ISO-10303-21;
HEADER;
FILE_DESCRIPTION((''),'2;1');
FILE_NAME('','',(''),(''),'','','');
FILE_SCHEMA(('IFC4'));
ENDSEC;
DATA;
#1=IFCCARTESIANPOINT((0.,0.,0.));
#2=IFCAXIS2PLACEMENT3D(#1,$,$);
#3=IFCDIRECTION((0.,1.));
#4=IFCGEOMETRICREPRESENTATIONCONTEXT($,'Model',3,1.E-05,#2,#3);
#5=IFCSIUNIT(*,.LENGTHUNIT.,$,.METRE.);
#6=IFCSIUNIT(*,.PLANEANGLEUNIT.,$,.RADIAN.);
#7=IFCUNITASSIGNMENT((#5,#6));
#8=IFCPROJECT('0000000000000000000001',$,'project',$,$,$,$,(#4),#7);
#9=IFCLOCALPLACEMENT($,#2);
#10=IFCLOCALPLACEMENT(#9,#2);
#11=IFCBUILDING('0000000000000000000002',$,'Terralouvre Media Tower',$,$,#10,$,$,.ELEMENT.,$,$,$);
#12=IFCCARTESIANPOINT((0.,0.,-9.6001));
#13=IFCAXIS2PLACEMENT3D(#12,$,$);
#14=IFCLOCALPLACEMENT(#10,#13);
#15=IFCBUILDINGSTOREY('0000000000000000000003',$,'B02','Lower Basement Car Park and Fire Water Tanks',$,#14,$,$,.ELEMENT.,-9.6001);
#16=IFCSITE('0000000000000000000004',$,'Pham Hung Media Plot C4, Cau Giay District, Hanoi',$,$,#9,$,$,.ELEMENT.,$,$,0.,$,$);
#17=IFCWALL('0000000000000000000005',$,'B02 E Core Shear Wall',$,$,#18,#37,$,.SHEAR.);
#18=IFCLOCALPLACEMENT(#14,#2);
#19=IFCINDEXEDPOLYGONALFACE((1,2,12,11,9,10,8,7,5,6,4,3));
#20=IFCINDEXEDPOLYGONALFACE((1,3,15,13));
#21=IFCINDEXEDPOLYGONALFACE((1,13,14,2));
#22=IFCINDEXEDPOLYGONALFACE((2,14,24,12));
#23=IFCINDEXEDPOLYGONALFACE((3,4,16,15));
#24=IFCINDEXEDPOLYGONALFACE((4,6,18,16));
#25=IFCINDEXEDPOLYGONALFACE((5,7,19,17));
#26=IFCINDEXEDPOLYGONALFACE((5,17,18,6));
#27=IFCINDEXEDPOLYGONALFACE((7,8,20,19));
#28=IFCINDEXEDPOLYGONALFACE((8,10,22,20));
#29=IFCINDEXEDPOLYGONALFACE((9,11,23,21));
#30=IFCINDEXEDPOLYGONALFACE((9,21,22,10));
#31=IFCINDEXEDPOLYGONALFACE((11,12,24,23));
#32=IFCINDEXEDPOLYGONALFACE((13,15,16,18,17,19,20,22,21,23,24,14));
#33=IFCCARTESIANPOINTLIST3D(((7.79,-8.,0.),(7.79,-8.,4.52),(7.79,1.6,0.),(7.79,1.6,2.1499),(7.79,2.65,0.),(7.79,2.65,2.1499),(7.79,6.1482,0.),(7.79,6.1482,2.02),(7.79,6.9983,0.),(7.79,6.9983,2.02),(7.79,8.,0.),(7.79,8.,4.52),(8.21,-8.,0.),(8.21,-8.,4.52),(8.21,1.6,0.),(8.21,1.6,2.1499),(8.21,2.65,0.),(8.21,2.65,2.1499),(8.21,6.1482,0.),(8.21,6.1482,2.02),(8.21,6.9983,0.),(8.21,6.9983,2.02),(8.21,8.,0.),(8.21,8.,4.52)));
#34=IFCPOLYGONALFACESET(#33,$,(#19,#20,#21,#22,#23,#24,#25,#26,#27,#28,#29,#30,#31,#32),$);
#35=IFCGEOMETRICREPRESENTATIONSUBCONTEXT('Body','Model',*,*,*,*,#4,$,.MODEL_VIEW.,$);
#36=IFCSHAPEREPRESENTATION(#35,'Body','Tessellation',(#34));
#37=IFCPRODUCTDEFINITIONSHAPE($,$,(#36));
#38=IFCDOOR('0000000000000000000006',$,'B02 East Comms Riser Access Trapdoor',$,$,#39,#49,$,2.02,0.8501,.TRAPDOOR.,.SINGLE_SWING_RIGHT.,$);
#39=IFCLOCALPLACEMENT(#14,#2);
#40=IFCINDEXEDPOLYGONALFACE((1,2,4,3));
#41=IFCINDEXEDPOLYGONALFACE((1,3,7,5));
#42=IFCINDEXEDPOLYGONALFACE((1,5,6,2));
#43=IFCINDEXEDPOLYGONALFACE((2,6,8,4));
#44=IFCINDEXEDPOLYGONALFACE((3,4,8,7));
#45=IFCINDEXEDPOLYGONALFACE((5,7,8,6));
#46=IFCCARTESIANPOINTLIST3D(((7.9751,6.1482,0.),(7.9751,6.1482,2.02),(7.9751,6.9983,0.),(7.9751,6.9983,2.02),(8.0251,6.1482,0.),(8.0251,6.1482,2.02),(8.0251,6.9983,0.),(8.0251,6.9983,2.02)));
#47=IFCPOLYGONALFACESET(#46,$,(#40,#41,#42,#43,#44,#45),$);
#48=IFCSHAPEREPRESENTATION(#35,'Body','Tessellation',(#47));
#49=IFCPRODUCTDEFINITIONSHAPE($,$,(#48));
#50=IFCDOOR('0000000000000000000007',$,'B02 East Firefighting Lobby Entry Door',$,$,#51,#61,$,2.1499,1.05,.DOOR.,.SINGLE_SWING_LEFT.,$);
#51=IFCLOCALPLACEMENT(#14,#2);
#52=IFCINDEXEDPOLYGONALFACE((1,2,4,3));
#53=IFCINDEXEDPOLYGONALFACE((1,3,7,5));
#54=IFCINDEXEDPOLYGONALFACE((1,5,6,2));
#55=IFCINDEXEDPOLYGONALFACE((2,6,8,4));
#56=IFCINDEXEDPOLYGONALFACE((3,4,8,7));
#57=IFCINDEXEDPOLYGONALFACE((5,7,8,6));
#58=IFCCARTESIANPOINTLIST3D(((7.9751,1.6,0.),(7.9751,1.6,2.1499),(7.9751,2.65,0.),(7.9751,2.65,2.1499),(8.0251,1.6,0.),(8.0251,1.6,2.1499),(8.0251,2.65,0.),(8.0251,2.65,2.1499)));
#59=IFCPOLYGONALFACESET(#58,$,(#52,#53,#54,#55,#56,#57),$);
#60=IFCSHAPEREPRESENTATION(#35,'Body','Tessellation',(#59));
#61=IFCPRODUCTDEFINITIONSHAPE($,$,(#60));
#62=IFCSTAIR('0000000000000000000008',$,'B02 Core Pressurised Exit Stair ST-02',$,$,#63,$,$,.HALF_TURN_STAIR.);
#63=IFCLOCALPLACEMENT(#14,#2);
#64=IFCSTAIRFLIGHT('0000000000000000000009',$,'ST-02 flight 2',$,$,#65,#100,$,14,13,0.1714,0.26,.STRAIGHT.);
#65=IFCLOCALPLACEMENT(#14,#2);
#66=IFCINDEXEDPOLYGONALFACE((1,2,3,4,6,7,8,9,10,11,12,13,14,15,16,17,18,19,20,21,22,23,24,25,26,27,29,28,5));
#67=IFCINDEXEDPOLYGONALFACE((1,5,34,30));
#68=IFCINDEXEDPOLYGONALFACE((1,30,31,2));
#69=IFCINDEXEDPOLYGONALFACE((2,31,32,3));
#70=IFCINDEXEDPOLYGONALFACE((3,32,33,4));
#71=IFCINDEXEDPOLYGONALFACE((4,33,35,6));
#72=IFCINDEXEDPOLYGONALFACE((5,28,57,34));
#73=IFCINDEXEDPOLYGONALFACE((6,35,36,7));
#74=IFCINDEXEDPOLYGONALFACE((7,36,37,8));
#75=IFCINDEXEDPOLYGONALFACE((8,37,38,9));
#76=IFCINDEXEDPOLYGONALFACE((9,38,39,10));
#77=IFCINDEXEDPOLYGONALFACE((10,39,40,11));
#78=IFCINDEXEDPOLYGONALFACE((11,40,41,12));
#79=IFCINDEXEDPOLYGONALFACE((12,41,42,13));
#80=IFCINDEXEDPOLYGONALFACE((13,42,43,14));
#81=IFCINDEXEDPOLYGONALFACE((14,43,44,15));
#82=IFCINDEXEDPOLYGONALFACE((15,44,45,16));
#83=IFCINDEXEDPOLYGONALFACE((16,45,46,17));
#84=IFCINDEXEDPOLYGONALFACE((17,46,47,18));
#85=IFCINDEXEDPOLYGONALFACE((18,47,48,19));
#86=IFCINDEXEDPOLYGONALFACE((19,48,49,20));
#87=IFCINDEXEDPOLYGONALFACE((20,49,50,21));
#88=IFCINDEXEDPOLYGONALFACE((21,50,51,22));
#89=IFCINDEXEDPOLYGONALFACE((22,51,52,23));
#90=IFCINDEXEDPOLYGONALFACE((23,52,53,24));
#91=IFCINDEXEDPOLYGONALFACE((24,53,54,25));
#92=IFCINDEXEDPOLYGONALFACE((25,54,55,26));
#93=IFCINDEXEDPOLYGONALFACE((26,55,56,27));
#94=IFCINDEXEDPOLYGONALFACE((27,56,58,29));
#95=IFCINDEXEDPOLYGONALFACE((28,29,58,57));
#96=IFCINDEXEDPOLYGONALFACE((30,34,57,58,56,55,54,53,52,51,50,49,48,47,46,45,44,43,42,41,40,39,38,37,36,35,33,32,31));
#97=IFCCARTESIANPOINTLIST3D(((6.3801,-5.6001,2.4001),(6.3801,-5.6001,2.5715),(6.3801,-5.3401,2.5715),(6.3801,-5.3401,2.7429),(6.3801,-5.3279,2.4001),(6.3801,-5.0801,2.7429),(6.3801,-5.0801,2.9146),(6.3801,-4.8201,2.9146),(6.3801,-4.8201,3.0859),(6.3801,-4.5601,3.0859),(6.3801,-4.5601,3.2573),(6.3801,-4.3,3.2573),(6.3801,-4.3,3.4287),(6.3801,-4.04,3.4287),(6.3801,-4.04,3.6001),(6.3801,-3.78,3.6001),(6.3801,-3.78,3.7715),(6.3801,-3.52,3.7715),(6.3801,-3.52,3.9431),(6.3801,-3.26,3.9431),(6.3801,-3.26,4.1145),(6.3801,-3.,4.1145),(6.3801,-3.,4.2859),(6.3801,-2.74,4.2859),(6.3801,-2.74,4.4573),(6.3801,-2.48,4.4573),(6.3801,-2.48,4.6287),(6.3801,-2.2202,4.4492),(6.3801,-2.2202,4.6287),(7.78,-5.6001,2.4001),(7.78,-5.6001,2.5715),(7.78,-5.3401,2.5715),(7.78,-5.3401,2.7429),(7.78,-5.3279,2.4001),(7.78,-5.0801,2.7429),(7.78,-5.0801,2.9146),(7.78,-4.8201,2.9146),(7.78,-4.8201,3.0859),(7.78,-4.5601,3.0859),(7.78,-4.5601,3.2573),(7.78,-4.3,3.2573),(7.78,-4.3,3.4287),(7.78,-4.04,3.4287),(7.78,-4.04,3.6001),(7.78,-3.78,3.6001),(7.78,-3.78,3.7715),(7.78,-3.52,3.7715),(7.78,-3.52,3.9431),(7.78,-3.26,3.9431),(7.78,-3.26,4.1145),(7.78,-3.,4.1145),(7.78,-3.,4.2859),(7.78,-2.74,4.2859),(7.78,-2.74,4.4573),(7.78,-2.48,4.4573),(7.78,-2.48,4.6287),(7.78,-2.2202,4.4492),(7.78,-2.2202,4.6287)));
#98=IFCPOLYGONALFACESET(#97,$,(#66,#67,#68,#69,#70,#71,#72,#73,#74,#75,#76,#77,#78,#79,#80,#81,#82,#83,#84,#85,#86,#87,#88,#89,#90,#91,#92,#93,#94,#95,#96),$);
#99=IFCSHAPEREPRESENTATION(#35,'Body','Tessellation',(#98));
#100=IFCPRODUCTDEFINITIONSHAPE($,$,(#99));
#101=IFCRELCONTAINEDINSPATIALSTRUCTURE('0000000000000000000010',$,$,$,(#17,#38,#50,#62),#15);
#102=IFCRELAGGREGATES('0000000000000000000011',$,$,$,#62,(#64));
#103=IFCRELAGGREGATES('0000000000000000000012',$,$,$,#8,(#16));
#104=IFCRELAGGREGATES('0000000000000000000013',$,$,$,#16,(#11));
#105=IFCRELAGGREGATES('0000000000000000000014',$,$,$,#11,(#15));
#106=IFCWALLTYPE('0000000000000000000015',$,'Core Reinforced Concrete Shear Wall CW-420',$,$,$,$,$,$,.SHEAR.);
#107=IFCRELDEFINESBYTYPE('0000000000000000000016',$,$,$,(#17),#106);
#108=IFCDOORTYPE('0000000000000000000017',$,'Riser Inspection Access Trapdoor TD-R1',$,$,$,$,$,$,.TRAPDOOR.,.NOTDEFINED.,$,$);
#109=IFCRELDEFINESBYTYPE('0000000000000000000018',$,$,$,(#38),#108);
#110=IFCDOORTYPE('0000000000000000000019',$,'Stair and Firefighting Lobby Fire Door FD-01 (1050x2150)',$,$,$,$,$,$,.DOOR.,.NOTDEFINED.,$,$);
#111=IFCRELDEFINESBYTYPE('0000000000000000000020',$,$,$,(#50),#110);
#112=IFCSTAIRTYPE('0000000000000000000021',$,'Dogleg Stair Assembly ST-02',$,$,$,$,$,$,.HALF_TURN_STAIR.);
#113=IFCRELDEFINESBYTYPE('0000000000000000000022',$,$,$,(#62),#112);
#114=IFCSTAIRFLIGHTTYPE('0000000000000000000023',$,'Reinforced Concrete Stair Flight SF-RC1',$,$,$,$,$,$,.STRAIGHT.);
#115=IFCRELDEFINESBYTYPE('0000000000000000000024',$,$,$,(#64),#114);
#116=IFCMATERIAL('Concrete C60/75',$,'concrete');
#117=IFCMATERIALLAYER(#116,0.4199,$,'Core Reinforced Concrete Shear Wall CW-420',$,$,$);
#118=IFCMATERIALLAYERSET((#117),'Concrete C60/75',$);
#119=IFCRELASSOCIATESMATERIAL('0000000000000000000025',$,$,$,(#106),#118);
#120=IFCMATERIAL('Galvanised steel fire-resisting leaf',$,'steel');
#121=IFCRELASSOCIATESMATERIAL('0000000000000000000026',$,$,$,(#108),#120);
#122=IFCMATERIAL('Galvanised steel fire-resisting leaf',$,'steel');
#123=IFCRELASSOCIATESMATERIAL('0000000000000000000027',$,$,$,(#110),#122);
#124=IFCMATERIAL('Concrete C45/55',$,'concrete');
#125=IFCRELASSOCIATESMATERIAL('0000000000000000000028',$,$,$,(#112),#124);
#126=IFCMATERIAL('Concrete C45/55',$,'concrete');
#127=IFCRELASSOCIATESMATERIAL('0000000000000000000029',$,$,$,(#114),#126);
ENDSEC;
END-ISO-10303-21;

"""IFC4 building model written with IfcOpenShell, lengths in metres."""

from ifc_helpers import new_model, si_unit, direction, frame, frame_2d, origin, place, context, subcontext, project, spatial, polyline, rectangle, outline, extrude, material, layer, layer_set, type_object, element, fill, aggregate, save


model = new_model("IFC4")

# Units and contexts
model_context = context("Model", 3, precision=1e-05, world=origin(), true_north=direction((0.0, 1.0)))
body_context = subcontext(model_context, "Body", "Model", "MODEL_VIEW")
ifc_project = project(units=[si_unit("LENGTHUNIT", "METRE"), si_unit("PLANEANGLEUNIT", "RADIAN")], contexts=[model_context])

# Site, building, storey
site_placement = place(None, origin())
site = spatial("IfcSite", under=ifc_project, at=site_placement, Name="Pham Hung Media Plot C4, Cau Giay District, Hanoi", CompositionType="ELEMENT", RefElevation=0.0)
building_placement = place(site_placement, origin())
building = spatial("IfcBuilding", under=site, at=building_placement, Name="Terralouvre Media Tower", CompositionType="ELEMENT")
storey_placement = place(building_placement, frame((0.0, 0.0, -9.6001)))
storey = spatial("IfcBuildingStorey", under=building, at=storey_placement, Name="B02", Description="Lower Basement Car Park and Fire Water Tanks", CompositionType="ELEMENT", Elevation=-9.6001)

# Wall, openings, doors
ifc_material_1 = material(Name="Concrete C60/75", Category="concrete")
ifc_layer_1 = layer(ifc_material_1, 0.4199, Name="Core Reinforced Concrete Shear Wall CW-420")
ifc_layer_set_1 = layer_set([ifc_layer_1], Name="Concrete C60/75")
wall_type_1 = type_object("IfcWallType", Name="Core Reinforced Concrete Shear Wall CW-420", PredefinedType="SHEAR", material=ifc_layer_set_1)
wall_1_placement = place(storey_placement, frame((8.0, -8.0, 0.0), z_axis=(0.0, 0.0, 1.0), x_axis=(0.0, 1.0, 0.0)))
wall_1 = element("IfcWall", 1, at=wall_1_placement, inside=storey, type_object=wall_type_1, Name="B02 E Core Shear Wall", PredefinedType="SHEAR", context=body_context, shape_type="SweptSolid", body=[
    extrude(rectangle(XDim=16.0, YDim=0.4199, at=frame_2d((8.0, 0.0))), origin(), (0.0, 0.0, 1.0), 4.52),
])
opening_1_placement = place(wall_1_placement, frame((9.6001, 0.0, 0.0)))
opening_1 = element("IfcOpeningElement", 2, at=opening_1_placement, cuts=wall_1, PredefinedType="OPENING", context=body_context, shape_type="SweptSolid", body=[
    extrude(rectangle(XDim=1.05, YDim=2.1499, at=frame_2d((0.5249, 1.075))), frame((0.0, 0.22, 0.0), z_axis=(0.0, -1.0, 0.0), x_axis=(1.0, 0.0, 0.0)), (0.0, 0.0, 1.0), 0.4399),
])
opening_2_placement = place(wall_1_placement, frame((14.1482, 0.0, 0.0)))
opening_2 = element("IfcOpeningElement", 3, at=opening_2_placement, cuts=wall_1, PredefinedType="OPENING", context=body_context, shape_type="SweptSolid", body=[
    extrude(rectangle(XDim=0.8501, YDim=2.02, at=frame_2d((0.425, 1.01))), frame((0.0, 0.22, 0.0), z_axis=(0.0, -1.0, 0.0), x_axis=(1.0, 0.0, 0.0)), (0.0, 0.0, 1.0), 0.4399),
])
ifc_material_2 = material(Name="Galvanised steel fire-resisting leaf", Category="steel")
door_type_1 = type_object("IfcDoorType", Name="Riser Inspection Access Trapdoor TD-R1", OperationType="NOTDEFINED", PredefinedType="TRAPDOOR", material=ifc_material_2)
door_1_placement = place(opening_2_placement, origin())
door_1 = element("IfcDoor", 4, at=door_1_placement, inside=storey, type_object=door_type_1, Name="B02 East Comms Riser Access Trapdoor", OperationType="SINGLE_SWING_RIGHT", OverallHeight=2.02, OverallWidth=0.8501, PredefinedType="TRAPDOOR", context=body_context, shape_type="SweptSolid", body=[
    extrude(rectangle(XDim=0.8501, YDim=2.02, at=frame_2d((0.425, 1.01))), frame((0.0, 0.0249, 0.0), z_axis=(0.0, -1.0, 0.0), x_axis=(1.0, 0.0, 0.0)), (0.0, 0.0, 1.0), 0.05),
])
fill(opening_2, door_1)
ifc_material_3 = material(Name="Galvanised steel fire-resisting leaf", Category="steel")
door_type_2 = type_object("IfcDoorType", Name="Stair and Firefighting Lobby Fire Door FD-01 (1050x2150)", OperationType="NOTDEFINED", PredefinedType="DOOR", material=ifc_material_3)
door_2_placement = place(opening_1_placement, origin())
door_2 = element("IfcDoor", 5, at=door_2_placement, inside=storey, type_object=door_type_2, Name="B02 East Firefighting Lobby Entry Door", OperationType="SINGLE_SWING_LEFT", OverallHeight=2.1499, OverallWidth=1.05, PredefinedType="DOOR", context=body_context, shape_type="SweptSolid", body=[
    extrude(rectangle(XDim=1.05, YDim=2.1499, at=frame_2d((0.5249, 1.075))), frame((0.0, 0.0249, 0.0), z_axis=(0.0, -1.0, 0.0), x_axis=(1.0, 0.0, 0.0)), (0.0, 0.0, 1.0), 0.05),
])
fill(opening_1, door_2)

# Stair, stair flight
ifc_material_4 = material(Name="Concrete C45/55", Category="concrete")
stair_type = type_object("IfcStairType", Name="Dogleg Stair Assembly ST-02", PredefinedType="HALF_TURN_STAIR", material=ifc_material_4)
stair_placement = place(storey_placement, origin())
stair = element("IfcStair", 6, at=stair_placement, inside=storey, type_object=stair_type, Name="B02 Core Pressurised Exit Stair ST-02", PredefinedType="HALF_TURN_STAIR")
ifc_material_5 = material(Name="Concrete C45/55", Category="concrete")
stair_flight_type = type_object("IfcStairFlightType", Name="Reinforced Concrete Stair Flight SF-RC1", PredefinedType="STRAIGHT", material=ifc_material_5)
stair_flight_placement = place(storey_placement, frame((7.0801, -5.6001, 2.4001), z_axis=(0.0, 0.0, 1.0), x_axis=(0.0, 1.0, 0.0)))
stair_flight = element("IfcStairFlight", 7, at=stair_flight_placement, type_object=stair_flight_type, Name="ST-02 flight 2", NumberOfRisers=14, NumberOfTreads=13, PredefinedType="STRAIGHT", RiserHeight=0.1714, TreadLength=0.26, context=body_context, shape_type="SweptSolid", body=[
    extrude(outline(polyline([(0.0, 0.0), (0.0, 0.1714), (0.26, 0.1714), (0.26, 0.3428), (0.52, 0.3428), (0.52, 0.5144), (0.78, 0.5144), (0.78, 0.6858), (1.04, 0.6858), (1.04, 0.8572), (1.3, 0.8572), (1.3, 1.0286), (1.5601, 1.0286), (1.5601, 1.2), (1.8201, 1.2), (1.8201, 1.3713), (2.0801, 1.3713), (2.0801, 1.543), (2.3401, 1.543), (2.3401, 1.7144), (2.6001, 1.7144), (2.6001, 1.8857), (2.8601, 1.8857), (2.8601, 2.0571), (3.1201, 2.0571), (3.1201, 2.2285), (3.3799, 2.2285), (3.3799, 2.3999), (3.3799, 2.0491), (0.2722, 0.0), (0.0, 0.0)])), frame((0.0, 0.7, 0.0), z_axis=(0.0, -1.0, 0.0), x_axis=(1.0, 0.0, 0.0)), (0.0, 0.0, 1.0), 1.3999),
])
aggregate(stair, [stair_flight])

save(model, "model.ifc")
